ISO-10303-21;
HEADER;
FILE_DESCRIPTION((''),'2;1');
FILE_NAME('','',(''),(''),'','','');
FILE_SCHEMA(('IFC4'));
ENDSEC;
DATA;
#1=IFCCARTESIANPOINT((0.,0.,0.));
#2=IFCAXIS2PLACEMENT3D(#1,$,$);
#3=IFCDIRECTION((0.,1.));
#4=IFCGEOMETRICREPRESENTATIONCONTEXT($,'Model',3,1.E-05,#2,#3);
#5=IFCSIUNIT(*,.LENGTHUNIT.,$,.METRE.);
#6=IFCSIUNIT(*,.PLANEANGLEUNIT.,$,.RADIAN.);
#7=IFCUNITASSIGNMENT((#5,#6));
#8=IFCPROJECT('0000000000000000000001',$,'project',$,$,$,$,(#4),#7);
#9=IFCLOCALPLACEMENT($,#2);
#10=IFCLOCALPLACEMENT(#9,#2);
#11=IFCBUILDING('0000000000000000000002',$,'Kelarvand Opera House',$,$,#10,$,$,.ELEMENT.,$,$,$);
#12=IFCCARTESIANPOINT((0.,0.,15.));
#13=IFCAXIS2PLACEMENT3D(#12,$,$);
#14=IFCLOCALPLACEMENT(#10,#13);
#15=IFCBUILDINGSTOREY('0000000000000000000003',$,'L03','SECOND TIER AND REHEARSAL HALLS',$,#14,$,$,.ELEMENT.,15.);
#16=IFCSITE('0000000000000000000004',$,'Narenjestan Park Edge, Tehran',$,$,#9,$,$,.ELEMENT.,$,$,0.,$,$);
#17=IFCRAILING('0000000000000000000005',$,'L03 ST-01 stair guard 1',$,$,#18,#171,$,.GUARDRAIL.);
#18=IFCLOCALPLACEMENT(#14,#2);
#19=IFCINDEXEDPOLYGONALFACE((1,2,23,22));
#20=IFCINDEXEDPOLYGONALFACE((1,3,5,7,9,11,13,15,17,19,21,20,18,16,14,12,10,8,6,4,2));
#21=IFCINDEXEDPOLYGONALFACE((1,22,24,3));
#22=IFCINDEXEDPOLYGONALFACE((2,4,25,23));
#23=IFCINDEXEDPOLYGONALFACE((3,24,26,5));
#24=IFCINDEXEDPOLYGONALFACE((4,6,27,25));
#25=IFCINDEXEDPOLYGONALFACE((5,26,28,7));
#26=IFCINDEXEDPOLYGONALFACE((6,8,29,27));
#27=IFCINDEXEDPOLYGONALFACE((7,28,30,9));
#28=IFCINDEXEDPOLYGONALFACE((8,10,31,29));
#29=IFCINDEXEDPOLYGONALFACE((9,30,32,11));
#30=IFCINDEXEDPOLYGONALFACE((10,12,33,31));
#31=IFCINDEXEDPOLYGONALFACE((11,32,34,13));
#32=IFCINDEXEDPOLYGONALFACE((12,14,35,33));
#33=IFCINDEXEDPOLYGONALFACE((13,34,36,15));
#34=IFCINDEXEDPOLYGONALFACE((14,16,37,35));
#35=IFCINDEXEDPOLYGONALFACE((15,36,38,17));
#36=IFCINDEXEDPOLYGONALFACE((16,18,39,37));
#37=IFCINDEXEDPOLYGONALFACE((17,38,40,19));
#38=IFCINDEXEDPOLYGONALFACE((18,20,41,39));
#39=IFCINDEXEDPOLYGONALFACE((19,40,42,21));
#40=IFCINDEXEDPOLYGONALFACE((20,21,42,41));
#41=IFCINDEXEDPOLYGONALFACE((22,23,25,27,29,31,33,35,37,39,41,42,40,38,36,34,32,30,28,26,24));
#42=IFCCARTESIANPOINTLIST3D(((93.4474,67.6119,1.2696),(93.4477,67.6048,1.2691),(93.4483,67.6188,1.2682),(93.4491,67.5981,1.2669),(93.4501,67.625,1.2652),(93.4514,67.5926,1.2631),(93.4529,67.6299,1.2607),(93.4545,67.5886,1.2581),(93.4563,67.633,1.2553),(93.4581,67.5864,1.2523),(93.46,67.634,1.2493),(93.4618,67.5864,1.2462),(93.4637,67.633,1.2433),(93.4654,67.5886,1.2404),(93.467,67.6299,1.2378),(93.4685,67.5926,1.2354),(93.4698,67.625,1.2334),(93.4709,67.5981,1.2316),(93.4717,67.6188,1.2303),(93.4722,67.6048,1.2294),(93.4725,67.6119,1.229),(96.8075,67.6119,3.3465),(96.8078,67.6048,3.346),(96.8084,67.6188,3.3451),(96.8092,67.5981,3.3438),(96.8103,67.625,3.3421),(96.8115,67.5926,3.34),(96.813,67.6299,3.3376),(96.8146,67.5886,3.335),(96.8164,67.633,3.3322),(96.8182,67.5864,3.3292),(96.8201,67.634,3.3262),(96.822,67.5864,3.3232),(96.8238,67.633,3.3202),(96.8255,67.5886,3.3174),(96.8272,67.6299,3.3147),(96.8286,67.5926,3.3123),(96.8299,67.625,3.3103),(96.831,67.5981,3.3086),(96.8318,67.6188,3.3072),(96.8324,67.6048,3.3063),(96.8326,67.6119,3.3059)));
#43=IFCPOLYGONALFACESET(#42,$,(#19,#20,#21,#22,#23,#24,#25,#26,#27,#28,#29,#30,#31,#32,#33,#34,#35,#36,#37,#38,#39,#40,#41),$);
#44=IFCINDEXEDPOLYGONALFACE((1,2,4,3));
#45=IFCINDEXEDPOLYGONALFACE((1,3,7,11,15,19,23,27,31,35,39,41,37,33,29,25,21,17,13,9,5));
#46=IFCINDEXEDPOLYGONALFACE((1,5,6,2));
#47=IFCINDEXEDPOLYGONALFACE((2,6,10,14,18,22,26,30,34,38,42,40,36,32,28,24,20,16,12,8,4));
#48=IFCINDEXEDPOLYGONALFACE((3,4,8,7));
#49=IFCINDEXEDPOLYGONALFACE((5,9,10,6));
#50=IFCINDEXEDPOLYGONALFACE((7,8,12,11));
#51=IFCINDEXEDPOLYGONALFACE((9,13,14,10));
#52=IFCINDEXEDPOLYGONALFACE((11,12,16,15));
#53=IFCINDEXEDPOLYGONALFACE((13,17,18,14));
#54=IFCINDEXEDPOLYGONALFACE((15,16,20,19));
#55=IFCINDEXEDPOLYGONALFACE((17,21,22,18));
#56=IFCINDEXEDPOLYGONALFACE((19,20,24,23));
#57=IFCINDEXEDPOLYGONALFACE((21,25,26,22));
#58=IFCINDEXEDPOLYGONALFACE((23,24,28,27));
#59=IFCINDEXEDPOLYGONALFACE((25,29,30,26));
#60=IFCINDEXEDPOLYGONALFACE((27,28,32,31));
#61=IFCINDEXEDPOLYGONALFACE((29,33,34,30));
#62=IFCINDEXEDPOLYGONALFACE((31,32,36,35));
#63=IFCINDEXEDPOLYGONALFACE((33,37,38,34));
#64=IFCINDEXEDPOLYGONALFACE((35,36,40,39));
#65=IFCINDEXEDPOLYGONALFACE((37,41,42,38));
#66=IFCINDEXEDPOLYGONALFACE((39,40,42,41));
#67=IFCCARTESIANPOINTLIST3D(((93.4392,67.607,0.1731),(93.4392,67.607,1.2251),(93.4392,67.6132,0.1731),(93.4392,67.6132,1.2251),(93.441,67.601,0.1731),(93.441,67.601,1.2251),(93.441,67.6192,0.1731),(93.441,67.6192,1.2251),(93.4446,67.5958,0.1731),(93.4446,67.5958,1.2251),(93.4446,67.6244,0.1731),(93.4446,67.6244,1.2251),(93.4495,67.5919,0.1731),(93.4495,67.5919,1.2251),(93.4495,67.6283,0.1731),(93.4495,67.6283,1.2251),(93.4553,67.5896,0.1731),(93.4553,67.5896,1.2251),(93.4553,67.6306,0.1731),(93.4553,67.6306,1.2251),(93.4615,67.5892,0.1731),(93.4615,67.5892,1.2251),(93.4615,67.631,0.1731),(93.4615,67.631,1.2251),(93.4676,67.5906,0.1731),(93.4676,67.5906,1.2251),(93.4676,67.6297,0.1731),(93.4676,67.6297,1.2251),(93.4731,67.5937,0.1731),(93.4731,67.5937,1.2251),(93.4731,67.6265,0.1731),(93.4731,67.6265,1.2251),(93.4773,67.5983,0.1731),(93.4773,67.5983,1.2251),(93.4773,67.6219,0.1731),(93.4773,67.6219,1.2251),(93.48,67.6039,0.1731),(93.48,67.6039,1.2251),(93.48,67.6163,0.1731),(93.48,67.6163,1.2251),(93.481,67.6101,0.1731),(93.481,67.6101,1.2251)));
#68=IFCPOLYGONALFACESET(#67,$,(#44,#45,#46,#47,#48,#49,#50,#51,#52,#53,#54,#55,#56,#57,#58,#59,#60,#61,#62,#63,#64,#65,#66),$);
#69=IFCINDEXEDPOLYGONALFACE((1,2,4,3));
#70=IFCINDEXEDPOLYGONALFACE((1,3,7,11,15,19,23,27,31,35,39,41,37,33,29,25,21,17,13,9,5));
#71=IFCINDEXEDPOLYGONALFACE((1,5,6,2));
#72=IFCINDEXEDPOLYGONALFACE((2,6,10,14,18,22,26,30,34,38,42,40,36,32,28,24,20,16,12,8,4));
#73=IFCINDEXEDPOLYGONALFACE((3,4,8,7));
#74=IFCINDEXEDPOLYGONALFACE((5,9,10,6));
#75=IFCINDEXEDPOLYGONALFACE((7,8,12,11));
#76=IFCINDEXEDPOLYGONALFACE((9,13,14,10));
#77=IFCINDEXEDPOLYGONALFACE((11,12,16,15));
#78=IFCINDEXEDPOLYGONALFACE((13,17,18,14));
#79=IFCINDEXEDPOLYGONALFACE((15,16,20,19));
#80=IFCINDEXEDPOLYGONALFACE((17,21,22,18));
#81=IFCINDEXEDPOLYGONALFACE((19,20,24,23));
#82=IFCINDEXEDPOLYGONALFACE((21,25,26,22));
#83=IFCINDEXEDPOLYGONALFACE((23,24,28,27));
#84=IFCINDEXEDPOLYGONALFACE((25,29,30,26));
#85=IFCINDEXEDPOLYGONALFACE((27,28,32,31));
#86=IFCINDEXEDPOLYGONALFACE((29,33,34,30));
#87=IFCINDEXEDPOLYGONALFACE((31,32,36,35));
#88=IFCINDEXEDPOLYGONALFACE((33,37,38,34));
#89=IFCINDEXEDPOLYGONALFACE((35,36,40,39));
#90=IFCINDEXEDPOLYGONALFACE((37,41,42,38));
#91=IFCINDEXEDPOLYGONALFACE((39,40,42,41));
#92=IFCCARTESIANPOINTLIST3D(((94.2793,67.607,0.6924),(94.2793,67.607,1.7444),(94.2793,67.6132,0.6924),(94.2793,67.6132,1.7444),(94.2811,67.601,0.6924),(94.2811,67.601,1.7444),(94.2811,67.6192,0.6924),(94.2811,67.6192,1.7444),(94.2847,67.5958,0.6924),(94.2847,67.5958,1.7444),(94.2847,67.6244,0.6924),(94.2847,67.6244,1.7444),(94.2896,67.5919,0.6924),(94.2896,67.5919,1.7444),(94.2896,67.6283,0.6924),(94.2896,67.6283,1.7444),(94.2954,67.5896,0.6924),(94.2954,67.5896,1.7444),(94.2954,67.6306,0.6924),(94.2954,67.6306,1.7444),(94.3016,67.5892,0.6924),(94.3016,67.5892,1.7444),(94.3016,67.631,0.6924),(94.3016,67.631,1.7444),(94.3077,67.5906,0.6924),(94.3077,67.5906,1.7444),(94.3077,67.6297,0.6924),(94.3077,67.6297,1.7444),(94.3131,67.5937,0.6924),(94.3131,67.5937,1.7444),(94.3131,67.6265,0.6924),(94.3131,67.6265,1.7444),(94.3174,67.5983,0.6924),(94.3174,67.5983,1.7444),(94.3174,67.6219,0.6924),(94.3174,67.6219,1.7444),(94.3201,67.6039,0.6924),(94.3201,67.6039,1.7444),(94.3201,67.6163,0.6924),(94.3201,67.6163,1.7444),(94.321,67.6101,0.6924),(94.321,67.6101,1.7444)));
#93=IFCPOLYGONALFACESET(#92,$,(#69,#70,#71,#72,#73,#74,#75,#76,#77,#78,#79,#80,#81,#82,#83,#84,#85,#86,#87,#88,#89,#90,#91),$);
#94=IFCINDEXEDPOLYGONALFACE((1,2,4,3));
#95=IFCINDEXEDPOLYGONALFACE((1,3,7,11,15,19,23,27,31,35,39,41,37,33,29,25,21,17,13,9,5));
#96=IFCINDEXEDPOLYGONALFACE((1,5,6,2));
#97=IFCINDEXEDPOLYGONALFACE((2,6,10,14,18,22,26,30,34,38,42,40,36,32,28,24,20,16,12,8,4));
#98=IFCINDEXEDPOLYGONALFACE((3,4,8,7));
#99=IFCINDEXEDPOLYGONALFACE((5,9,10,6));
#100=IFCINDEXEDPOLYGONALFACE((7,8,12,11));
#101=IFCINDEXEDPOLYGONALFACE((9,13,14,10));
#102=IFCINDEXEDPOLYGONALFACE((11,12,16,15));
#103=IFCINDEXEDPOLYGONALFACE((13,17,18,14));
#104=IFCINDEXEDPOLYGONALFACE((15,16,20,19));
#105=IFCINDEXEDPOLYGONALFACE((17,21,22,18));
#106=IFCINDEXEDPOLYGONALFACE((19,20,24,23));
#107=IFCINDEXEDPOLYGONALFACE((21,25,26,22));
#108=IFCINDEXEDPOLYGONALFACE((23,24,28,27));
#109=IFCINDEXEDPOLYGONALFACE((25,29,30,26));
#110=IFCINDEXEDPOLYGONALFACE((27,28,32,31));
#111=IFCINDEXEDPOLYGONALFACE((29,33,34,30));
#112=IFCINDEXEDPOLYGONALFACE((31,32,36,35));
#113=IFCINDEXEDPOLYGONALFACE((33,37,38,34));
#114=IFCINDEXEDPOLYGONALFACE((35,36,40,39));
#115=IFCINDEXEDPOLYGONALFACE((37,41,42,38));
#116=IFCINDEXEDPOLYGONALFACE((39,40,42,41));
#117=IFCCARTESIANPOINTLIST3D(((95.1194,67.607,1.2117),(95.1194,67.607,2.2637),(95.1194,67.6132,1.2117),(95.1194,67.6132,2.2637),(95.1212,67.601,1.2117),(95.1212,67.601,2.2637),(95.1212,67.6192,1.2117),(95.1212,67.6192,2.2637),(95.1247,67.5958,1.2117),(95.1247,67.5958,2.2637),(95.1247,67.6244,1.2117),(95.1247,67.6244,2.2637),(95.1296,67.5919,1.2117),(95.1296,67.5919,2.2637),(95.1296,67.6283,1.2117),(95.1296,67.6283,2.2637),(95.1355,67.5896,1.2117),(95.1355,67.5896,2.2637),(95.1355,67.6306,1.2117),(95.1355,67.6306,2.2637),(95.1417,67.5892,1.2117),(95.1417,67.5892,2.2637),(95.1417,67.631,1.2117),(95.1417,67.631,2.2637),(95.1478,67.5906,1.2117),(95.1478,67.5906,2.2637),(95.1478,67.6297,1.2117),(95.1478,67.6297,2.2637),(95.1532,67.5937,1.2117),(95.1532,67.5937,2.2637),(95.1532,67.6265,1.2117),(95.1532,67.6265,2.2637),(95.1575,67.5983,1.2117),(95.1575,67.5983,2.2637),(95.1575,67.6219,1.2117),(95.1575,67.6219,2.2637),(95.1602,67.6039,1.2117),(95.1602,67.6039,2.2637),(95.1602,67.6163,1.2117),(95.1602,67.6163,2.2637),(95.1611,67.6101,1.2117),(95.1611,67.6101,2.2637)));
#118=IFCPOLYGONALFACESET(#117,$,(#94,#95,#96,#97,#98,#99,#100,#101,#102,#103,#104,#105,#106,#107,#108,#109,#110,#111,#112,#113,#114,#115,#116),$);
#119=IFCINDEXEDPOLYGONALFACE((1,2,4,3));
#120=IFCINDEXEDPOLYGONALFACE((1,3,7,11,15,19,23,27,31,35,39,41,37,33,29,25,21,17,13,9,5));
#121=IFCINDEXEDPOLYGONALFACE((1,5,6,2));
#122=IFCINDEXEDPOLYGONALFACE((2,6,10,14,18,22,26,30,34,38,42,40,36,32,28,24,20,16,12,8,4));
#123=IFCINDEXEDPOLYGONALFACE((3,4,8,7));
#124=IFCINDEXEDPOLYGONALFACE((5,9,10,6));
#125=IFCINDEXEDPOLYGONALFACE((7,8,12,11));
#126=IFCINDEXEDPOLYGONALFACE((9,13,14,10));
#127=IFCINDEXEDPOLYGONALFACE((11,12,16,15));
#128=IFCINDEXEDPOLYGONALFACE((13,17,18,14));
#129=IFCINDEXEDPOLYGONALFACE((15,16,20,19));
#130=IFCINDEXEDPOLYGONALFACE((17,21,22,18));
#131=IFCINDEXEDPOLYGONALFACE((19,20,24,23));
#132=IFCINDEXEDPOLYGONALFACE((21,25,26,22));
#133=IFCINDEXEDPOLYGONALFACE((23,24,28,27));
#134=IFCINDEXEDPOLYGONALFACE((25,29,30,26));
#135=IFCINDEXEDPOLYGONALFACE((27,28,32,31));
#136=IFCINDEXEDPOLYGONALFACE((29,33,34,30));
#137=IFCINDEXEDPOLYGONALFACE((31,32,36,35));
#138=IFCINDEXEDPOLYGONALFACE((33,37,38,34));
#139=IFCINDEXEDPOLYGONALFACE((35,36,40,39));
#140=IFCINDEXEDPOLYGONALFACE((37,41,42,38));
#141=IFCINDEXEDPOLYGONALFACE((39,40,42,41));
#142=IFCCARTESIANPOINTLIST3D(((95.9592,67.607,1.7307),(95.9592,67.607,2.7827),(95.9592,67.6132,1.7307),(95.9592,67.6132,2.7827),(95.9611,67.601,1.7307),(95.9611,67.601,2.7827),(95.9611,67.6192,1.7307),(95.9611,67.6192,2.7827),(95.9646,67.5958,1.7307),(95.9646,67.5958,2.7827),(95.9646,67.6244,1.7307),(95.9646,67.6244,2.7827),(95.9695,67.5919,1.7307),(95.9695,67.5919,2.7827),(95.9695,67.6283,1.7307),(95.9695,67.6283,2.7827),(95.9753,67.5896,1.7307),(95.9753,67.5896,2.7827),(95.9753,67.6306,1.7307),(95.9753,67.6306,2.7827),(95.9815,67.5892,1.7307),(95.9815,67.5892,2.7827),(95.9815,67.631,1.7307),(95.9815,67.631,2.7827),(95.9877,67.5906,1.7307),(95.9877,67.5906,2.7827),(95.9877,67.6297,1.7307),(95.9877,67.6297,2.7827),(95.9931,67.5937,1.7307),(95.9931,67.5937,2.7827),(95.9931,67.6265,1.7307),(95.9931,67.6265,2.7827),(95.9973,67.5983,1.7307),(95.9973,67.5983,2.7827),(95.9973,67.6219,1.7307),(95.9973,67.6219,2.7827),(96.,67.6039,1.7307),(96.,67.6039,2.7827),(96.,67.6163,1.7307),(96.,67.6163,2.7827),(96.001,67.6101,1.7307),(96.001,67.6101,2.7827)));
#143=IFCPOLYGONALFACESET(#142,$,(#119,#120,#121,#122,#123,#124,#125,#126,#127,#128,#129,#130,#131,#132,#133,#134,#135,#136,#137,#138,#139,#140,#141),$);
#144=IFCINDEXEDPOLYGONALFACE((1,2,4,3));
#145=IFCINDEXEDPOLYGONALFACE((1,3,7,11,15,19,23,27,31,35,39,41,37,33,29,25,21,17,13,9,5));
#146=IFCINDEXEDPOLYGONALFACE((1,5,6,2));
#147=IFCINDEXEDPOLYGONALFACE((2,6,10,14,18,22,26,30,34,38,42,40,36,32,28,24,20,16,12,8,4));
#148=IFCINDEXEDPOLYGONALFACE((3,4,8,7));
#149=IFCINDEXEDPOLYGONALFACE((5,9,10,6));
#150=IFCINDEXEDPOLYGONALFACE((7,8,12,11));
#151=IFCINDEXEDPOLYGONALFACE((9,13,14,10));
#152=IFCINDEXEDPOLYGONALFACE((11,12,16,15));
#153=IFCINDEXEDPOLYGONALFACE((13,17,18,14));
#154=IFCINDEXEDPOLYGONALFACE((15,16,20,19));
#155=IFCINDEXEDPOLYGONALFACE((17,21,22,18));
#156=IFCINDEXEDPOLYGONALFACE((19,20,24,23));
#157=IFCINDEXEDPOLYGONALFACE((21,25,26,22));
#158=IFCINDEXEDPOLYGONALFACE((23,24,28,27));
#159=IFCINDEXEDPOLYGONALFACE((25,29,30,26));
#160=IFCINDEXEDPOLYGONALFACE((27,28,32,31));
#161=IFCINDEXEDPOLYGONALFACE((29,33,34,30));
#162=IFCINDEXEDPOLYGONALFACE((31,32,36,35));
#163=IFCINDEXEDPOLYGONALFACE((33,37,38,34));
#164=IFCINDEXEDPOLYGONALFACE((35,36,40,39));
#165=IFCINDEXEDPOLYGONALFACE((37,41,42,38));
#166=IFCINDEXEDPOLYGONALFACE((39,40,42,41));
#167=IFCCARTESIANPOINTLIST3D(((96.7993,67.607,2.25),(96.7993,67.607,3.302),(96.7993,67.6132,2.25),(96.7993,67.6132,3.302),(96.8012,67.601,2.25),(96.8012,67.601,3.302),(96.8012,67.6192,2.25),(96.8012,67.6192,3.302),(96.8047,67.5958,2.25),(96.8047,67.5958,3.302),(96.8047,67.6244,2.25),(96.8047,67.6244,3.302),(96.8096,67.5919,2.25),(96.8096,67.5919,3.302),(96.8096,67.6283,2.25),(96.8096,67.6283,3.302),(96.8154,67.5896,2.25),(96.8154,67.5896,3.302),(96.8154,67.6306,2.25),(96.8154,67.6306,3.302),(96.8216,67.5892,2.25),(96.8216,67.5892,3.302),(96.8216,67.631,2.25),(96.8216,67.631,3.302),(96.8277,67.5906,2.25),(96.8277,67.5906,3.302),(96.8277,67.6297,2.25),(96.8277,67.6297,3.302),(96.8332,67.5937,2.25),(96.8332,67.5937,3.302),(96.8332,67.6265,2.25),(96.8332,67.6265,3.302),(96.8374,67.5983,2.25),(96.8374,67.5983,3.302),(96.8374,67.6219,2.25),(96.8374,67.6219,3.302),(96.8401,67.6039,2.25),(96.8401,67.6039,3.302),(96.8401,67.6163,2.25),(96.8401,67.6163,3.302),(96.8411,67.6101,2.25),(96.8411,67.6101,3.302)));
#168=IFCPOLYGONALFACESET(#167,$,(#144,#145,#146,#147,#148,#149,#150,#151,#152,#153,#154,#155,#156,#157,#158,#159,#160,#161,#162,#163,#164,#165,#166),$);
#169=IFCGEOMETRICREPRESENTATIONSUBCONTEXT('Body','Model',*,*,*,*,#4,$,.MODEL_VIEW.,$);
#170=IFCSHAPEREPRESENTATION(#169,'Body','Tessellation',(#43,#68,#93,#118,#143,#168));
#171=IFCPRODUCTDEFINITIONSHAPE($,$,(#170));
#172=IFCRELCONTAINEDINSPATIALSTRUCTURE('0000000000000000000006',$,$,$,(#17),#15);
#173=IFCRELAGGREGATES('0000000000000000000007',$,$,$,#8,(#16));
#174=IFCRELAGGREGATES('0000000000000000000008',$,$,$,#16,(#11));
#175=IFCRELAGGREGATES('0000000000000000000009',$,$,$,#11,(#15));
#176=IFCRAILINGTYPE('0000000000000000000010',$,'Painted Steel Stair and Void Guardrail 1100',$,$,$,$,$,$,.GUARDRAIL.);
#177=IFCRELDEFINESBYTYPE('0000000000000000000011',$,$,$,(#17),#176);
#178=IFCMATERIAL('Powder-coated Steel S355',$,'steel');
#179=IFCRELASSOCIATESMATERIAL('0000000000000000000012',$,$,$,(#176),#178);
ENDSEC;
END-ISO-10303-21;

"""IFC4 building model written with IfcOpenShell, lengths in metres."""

from ifc_helpers import new_model, si_unit, direction, frame, origin, origin_2d, place, context, subcontext, project, spatial, circle, extrude, material, type_object, element, save


model = new_model("IFC4")

# Units and contexts
model_context = context("Model", 3, precision=1e-05, world=origin(), true_north=direction((0.0, 1.0)))
body_context = subcontext(model_context, "Body", "Model", "MODEL_VIEW")
ifc_project = project(units=[si_unit("LENGTHUNIT", "METRE"), si_unit("PLANEANGLEUNIT", "RADIAN")], contexts=[model_context])

# Site, building, storey
site_placement = place(None, origin())
site = spatial("IfcSite", under=ifc_project, at=site_placement, Name="Narenjestan Park Edge, Tehran", CompositionType="ELEMENT", RefElevation=0.0)
building_placement = place(site_placement, origin())
building = spatial("IfcBuilding", under=site, at=building_placement, Name="Kelarvand Opera House", CompositionType="ELEMENT")
storey_placement = place(building_placement, frame((0.0, 0.0, 15.0)))
storey = spatial("IfcBuildingStorey", under=building, at=storey_placement, Name="L03", Description="SECOND TIER AND REHEARSAL HALLS", CompositionType="ELEMENT", Elevation=15.0)

# Railing
ifc_material_1 = material(Name="Powder-coated Steel S355", Category="steel")
railing_type_1 = type_object("IfcRailingType", Name="Painted Steel Stair and Void Guardrail 1100", PredefinedType="GUARDRAIL", material=ifc_material_1)
railing_1_placement = place(storey_placement, frame((93.46, 67.6101, 0.1731)))
element("IfcRailing", 1, at=railing_1_placement, inside=storey, type_object=railing_type_1, Name="L03 ST-01 stair guard 1", PredefinedType="GUARDRAIL", context=body_context, shape_type="SweptSolid", body=[
    extrude(circle(Radius=0.0239, at=origin_2d()), frame((0.0, 0.0, 1.0762), z_axis=(0.850623, 0.0, 0.525776), x_axis=(0.0, 1.0, 0.0)), (0.0, 0.0, 1.0), 3.9502),
    extrude(circle(Radius=0.021, at=origin_2d()), origin(), (0.0, 0.0, 1.0), 1.052),
    extrude(circle(Radius=0.021, at=origin_2d()), frame((0.8401, 0.0, 0.5193)), (0.0, 0.0, 1.0), 1.052),
    extrude(circle(Radius=0.021, at=origin_2d()), frame((1.6802, 0.0, 1.0386)), (0.0, 0.0, 1.0), 1.052),
    extrude(circle(Radius=0.021, at=origin_2d()), frame((2.52, 0.0, 1.5576)), (0.0, 0.0, 1.0), 1.052),
    extrude(circle(Radius=0.021, at=origin_2d()), frame((3.3601, 0.0, 2.0769)), (0.0, 0.0, 1.0), 1.052),
])

save(model, "model.ifc")
